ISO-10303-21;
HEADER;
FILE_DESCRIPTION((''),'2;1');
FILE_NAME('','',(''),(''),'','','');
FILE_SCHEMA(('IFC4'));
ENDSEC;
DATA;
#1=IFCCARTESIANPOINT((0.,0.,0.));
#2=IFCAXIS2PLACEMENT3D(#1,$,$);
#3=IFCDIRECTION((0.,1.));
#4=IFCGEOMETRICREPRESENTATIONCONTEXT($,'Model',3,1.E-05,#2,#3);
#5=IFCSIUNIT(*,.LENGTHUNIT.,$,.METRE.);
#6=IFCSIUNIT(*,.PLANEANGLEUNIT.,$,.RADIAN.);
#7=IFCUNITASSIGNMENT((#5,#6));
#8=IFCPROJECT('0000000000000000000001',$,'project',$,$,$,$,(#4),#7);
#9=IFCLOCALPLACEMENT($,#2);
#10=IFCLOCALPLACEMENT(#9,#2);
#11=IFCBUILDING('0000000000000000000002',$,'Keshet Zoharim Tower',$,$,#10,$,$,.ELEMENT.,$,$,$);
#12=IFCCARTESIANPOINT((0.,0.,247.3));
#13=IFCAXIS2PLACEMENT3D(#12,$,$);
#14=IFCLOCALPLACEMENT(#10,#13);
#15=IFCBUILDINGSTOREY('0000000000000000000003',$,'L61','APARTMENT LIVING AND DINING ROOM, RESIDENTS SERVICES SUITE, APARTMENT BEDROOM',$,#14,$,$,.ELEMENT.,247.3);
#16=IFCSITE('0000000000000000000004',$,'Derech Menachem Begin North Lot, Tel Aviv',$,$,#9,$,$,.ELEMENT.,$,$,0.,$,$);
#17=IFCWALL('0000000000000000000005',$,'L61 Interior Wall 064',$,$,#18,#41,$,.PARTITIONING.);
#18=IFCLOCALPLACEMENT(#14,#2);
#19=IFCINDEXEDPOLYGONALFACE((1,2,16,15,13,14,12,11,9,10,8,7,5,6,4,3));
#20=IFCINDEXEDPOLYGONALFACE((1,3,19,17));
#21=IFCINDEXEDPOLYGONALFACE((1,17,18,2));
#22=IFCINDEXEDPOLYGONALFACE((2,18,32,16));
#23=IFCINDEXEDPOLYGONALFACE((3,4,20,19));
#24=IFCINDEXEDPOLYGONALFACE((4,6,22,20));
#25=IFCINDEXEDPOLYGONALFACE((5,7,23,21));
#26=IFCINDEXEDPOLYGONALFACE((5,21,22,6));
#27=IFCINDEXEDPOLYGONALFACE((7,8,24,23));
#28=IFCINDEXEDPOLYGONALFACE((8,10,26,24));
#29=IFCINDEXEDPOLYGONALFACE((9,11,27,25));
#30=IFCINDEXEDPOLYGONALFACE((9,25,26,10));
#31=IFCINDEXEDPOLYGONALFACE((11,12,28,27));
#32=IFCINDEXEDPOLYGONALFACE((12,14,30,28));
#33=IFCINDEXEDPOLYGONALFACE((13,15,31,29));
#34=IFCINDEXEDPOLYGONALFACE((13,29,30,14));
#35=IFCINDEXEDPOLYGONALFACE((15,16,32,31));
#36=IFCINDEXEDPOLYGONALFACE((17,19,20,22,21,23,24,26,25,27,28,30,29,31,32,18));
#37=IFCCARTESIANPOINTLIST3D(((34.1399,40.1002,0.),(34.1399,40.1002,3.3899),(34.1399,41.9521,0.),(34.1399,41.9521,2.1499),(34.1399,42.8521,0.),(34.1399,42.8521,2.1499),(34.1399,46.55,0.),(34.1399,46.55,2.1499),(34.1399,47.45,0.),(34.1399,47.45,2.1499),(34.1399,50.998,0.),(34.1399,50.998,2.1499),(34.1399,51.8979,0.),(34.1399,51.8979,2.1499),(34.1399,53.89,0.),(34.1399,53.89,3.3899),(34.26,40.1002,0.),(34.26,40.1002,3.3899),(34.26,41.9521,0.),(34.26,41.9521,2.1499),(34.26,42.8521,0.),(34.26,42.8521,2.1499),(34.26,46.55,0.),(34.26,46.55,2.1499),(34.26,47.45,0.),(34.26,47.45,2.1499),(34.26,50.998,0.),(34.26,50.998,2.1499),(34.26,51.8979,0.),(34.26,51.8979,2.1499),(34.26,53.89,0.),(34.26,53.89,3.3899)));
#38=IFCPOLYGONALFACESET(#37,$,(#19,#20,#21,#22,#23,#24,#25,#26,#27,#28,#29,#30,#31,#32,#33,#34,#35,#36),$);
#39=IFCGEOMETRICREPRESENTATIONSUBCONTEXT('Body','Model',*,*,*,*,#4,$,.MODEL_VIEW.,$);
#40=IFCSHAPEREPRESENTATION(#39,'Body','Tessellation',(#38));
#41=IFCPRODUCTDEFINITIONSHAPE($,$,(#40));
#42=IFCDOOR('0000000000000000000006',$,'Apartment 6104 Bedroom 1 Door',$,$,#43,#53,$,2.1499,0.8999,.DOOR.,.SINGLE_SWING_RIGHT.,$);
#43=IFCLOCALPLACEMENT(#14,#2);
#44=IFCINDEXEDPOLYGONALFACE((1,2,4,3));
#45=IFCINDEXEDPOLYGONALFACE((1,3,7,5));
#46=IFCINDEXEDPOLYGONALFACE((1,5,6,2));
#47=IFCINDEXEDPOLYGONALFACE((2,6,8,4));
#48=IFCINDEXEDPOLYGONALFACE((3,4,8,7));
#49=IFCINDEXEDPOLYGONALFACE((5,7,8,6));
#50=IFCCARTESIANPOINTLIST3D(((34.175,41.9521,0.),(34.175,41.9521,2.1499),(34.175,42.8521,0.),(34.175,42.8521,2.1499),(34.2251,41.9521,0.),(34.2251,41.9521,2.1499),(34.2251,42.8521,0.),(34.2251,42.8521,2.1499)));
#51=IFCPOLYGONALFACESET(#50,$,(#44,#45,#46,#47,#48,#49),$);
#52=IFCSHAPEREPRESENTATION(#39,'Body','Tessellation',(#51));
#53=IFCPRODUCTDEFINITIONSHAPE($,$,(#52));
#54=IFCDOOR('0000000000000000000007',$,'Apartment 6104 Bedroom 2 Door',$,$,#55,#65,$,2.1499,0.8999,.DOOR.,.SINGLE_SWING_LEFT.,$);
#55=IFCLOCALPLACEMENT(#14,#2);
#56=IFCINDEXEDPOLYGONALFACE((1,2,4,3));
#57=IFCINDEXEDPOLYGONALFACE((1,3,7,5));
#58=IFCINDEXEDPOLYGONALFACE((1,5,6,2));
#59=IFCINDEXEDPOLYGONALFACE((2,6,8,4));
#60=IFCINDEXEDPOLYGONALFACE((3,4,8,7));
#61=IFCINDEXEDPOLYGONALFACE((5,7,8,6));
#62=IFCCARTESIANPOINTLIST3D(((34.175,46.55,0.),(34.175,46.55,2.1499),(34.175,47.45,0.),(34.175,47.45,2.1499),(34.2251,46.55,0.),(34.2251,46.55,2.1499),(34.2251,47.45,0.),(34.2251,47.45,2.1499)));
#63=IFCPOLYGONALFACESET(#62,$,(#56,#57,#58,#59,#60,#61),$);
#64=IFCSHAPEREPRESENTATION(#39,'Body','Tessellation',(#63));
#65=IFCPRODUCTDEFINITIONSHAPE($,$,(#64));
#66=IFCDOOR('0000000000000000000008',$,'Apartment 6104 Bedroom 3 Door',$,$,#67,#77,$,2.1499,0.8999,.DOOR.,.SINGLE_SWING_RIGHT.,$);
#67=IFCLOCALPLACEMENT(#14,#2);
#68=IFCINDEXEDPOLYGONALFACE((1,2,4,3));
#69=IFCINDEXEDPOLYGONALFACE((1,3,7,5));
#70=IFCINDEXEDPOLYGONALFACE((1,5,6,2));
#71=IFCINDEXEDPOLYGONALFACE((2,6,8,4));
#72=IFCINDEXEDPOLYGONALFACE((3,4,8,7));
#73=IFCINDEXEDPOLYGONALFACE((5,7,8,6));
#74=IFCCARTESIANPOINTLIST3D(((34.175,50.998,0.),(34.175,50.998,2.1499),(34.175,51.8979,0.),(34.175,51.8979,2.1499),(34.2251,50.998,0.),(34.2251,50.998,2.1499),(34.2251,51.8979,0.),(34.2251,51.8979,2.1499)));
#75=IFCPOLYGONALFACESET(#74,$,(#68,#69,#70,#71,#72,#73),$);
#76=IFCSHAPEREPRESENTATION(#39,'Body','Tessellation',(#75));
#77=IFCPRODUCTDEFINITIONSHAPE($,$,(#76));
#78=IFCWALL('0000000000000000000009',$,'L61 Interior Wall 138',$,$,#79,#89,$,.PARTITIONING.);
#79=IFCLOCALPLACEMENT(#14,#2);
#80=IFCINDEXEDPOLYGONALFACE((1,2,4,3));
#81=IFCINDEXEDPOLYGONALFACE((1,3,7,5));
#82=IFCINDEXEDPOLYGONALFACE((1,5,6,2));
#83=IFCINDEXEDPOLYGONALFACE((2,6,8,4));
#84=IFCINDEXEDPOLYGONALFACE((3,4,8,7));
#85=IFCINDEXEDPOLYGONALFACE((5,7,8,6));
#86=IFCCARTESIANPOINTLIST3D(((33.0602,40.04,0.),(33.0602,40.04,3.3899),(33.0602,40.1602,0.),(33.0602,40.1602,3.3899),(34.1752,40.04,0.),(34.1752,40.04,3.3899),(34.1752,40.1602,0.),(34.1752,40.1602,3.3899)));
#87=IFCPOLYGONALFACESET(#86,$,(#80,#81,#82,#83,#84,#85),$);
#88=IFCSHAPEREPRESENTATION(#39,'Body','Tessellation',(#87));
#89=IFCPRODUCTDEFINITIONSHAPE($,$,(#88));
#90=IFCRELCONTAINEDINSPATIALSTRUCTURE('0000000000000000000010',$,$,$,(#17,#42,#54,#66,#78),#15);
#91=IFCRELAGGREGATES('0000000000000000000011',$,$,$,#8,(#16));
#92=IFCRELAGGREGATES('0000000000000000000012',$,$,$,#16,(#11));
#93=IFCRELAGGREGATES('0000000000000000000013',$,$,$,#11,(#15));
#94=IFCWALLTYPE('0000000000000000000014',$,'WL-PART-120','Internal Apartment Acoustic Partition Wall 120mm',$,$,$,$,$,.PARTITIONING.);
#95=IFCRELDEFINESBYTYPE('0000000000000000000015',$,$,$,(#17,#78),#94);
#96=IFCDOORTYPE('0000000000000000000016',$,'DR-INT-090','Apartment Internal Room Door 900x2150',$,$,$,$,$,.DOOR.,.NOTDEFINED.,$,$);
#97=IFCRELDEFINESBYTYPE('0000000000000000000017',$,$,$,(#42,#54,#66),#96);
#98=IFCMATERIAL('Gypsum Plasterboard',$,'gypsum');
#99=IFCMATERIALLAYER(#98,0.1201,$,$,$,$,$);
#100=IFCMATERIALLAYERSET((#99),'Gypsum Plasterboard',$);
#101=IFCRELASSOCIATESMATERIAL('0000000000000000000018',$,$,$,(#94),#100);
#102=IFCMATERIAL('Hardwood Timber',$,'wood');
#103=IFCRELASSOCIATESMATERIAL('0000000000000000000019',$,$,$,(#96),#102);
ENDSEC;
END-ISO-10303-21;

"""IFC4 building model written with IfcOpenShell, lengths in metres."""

from ifc_helpers import new_model, si_unit, direction, frame, frame_2d, origin, place, context, subcontext, project, spatial, rectangle, extrude, material, layer, layer_set, type_object, element, fill, save


model = new_model("IFC4")

# Units and contexts
model_context = context("Model", 3, precision=1e-05, world=origin(), true_north=direction((0.0, 1.0)))
body_context = subcontext(model_context, "Body", "Model", "MODEL_VIEW")
ifc_project = project(units=[si_unit("LENGTHUNIT", "METRE"), si_unit("PLANEANGLEUNIT", "RADIAN")], contexts=[model_context])

# Site, building, storey
site_placement = place(None, origin())
site = spatial("IfcSite", under=ifc_project, at=site_placement, Name="Derech Menachem Begin North Lot, Tel Aviv", CompositionType="ELEMENT", RefElevation=0.0)
building_placement = place(site_placement, origin())
building = spatial("IfcBuilding", under=site, at=building_placement, Name="Keshet Zoharim Tower", CompositionType="ELEMENT")
storey_placement = place(building_placement, frame((0.0, 0.0, 247.3)))
storey = spatial("IfcBuildingStorey", under=building, at=storey_placement, Name="L61", Description="APARTMENT LIVING AND DINING ROOM, RESIDENTS SERVICES SUITE, APARTMENT BEDROOM", CompositionType="ELEMENT", Elevation=247.3)

# Shared definitions
ifc_material_1 = material(Name="Gypsum Plasterboard", Category="gypsum")

# Shared definitions
ifc_material_2 = material(Name="Hardwood Timber", Category="wood")

# Shared definitions
ifc_layer_1 = layer(ifc_material_1, 0.1201)
ifc_layer_set_1 = layer_set([ifc_layer_1], Name="Gypsum Plasterboard")
wall_type_1 = type_object("IfcWallType", Name="WL-PART-120", Description="Internal Apartment Acoustic Partition Wall 120mm", PredefinedType="PARTITIONING", material=ifc_layer_set_1)
door_type_1 = type_object("IfcDoorType", Name="DR-INT-090", Description="Apartment Internal Room Door 900x2150", OperationType="NOTDEFINED", PredefinedType="DOOR", material=ifc_material_2)

# Wall, openings, doors
wall_1_placement = place(storey_placement, frame((34.2, 40.1001, 0.0), z_axis=(0.0, 0.0, 1.0), x_axis=(0.0, 1.0, 0.0)))
wall_1 = element("IfcWall", 1, at=wall_1_placement, inside=storey, type_object=wall_type_1, Name="L61 Interior Wall 064", PredefinedType="PARTITIONING", context=body_context, shape_type="SweptSolid", body=[
    extrude(rectangle(XDim=13.7898, YDim=0.1201, at=frame_2d((6.895, 0.0))), origin(), (0.0, 0.0, 1.0), 3.3899),
])
opening_1_placement = place(wall_1_placement, frame((1.8521, 0.0, 0.0)))
opening_1 = element("IfcOpeningElement", 2, at=opening_1_placement, cuts=wall_1, PredefinedType="OPENING", context=body_context, shape_type="SweptSolid", body=[
    extrude(rectangle(XDim=0.8999, YDim=2.1499, at=frame_2d((0.45, 1.075))), frame((0.0, 0.0701, 0.0), z_axis=(0.0, -1.0, 0.0), x_axis=(1.0, 0.0, 0.0)), (0.0, 0.0, 1.0), 0.1401),
])
opening_2_placement = place(wall_1_placement, frame((6.45, 0.0, 0.0)))
opening_2 = element("IfcOpeningElement", 3, at=opening_2_placement, cuts=wall_1, PredefinedType="OPENING", context=body_context, shape_type="SweptSolid", body=[
    extrude(rectangle(XDim=0.8999, YDim=2.1499, at=frame_2d((0.45, 1.075))), frame((0.0, 0.0701, 0.0), z_axis=(0.0, -1.0, 0.0), x_axis=(1.0, 0.0, 0.0)), (0.0, 0.0, 1.0), 0.1401),
])
opening_3_placement = place(wall_1_placement, frame((10.8979, 0.0, 0.0)))
opening_3 = element("IfcOpeningElement", 4, at=opening_3_placement, cuts=wall_1, PredefinedType="OPENING", context=body_context, shape_type="SweptSolid", body=[
    extrude(rectangle(XDim=0.8999, YDim=2.1499, at=frame_2d((0.45, 1.075))), frame((0.0, 0.0701, 0.0), z_axis=(0.0, -1.0, 0.0), x_axis=(1.0, 0.0, 0.0)), (0.0, 0.0, 1.0), 0.1401),
])
door_1_placement = place(opening_1_placement, origin())
door_1 = element("IfcDoor", 5, at=door_1_placement, inside=storey, type_object=door_type_1, Name="Apartment 6104 Bedroom 1 Door", OperationType="SINGLE_SWING_RIGHT", OverallHeight=2.1499, OverallWidth=0.8999, PredefinedType="DOOR", context=body_context, shape_type="SweptSolid", body=[
    extrude(rectangle(XDim=0.8999, YDim=2.1499, at=frame_2d((0.45, 1.075))), frame((0.0, 0.0249, 0.0), z_axis=(0.0, -1.0, 0.0), x_axis=(1.0, 0.0, 0.0)), (0.0, 0.0, 1.0), 0.05),
])
fill(opening_1, door_1)
door_2_placement = place(opening_2_placement, origin())
door_2 = element("IfcDoor", 6, at=door_2_placement, inside=storey, type_object=door_type_1, Name="Apartment 6104 Bedroom 2 Door", OperationType="SINGLE_SWING_LEFT", OverallHeight=2.1499, OverallWidth=0.8999, PredefinedType="DOOR", context=body_context, shape_type="SweptSolid", body=[
    extrude(rectangle(XDim=0.8999, YDim=2.1499, at=frame_2d((0.45, 1.075))), frame((0.0, 0.0249, 0.0), z_axis=(0.0, -1.0, 0.0), x_axis=(1.0, 0.0, 0.0)), (0.0, 0.0, 1.0), 0.05),
])
fill(opening_2, door_2)
door_3_placement = place(opening_3_placement, origin())
door_3 = element("IfcDoor", 7, at=door_3_placement, inside=storey, type_object=door_type_1, Name="Apartment 6104 Bedroom 3 Door", OperationType="SINGLE_SWING_RIGHT", OverallHeight=2.1499, OverallWidth=0.8999, PredefinedType="DOOR", context=body_context, shape_type="SweptSolid", body=[
    extrude(rectangle(XDim=0.8999, YDim=2.1499, at=frame_2d((0.45, 1.075))), frame((0.0, 0.0249, 0.0), z_axis=(0.0, -1.0, 0.0), x_axis=(1.0, 0.0, 0.0)), (0.0, 0.0, 1.0), 0.05),
])
fill(opening_3, door_3)

# Wall
wall_2_placement = place(storey_placement, frame((33.0601, 40.1001, 0.0), z_axis=(0.0, 0.0, 1.0), x_axis=(1.0, 0.0, 0.0)))
element("IfcWall", 8, at=wall_2_placement, inside=storey, type_object=wall_type_1, Name="L61 Interior Wall 138", PredefinedType="PARTITIONING", context=body_context, shape_type="SweptSolid", body=[
    extrude(rectangle(XDim=1.115, YDim=0.1201, at=frame_2d((0.5576, 0.0))), origin(), (0.0, 0.0, 1.0), 3.3899),
])

save(model, "model.ifc")
